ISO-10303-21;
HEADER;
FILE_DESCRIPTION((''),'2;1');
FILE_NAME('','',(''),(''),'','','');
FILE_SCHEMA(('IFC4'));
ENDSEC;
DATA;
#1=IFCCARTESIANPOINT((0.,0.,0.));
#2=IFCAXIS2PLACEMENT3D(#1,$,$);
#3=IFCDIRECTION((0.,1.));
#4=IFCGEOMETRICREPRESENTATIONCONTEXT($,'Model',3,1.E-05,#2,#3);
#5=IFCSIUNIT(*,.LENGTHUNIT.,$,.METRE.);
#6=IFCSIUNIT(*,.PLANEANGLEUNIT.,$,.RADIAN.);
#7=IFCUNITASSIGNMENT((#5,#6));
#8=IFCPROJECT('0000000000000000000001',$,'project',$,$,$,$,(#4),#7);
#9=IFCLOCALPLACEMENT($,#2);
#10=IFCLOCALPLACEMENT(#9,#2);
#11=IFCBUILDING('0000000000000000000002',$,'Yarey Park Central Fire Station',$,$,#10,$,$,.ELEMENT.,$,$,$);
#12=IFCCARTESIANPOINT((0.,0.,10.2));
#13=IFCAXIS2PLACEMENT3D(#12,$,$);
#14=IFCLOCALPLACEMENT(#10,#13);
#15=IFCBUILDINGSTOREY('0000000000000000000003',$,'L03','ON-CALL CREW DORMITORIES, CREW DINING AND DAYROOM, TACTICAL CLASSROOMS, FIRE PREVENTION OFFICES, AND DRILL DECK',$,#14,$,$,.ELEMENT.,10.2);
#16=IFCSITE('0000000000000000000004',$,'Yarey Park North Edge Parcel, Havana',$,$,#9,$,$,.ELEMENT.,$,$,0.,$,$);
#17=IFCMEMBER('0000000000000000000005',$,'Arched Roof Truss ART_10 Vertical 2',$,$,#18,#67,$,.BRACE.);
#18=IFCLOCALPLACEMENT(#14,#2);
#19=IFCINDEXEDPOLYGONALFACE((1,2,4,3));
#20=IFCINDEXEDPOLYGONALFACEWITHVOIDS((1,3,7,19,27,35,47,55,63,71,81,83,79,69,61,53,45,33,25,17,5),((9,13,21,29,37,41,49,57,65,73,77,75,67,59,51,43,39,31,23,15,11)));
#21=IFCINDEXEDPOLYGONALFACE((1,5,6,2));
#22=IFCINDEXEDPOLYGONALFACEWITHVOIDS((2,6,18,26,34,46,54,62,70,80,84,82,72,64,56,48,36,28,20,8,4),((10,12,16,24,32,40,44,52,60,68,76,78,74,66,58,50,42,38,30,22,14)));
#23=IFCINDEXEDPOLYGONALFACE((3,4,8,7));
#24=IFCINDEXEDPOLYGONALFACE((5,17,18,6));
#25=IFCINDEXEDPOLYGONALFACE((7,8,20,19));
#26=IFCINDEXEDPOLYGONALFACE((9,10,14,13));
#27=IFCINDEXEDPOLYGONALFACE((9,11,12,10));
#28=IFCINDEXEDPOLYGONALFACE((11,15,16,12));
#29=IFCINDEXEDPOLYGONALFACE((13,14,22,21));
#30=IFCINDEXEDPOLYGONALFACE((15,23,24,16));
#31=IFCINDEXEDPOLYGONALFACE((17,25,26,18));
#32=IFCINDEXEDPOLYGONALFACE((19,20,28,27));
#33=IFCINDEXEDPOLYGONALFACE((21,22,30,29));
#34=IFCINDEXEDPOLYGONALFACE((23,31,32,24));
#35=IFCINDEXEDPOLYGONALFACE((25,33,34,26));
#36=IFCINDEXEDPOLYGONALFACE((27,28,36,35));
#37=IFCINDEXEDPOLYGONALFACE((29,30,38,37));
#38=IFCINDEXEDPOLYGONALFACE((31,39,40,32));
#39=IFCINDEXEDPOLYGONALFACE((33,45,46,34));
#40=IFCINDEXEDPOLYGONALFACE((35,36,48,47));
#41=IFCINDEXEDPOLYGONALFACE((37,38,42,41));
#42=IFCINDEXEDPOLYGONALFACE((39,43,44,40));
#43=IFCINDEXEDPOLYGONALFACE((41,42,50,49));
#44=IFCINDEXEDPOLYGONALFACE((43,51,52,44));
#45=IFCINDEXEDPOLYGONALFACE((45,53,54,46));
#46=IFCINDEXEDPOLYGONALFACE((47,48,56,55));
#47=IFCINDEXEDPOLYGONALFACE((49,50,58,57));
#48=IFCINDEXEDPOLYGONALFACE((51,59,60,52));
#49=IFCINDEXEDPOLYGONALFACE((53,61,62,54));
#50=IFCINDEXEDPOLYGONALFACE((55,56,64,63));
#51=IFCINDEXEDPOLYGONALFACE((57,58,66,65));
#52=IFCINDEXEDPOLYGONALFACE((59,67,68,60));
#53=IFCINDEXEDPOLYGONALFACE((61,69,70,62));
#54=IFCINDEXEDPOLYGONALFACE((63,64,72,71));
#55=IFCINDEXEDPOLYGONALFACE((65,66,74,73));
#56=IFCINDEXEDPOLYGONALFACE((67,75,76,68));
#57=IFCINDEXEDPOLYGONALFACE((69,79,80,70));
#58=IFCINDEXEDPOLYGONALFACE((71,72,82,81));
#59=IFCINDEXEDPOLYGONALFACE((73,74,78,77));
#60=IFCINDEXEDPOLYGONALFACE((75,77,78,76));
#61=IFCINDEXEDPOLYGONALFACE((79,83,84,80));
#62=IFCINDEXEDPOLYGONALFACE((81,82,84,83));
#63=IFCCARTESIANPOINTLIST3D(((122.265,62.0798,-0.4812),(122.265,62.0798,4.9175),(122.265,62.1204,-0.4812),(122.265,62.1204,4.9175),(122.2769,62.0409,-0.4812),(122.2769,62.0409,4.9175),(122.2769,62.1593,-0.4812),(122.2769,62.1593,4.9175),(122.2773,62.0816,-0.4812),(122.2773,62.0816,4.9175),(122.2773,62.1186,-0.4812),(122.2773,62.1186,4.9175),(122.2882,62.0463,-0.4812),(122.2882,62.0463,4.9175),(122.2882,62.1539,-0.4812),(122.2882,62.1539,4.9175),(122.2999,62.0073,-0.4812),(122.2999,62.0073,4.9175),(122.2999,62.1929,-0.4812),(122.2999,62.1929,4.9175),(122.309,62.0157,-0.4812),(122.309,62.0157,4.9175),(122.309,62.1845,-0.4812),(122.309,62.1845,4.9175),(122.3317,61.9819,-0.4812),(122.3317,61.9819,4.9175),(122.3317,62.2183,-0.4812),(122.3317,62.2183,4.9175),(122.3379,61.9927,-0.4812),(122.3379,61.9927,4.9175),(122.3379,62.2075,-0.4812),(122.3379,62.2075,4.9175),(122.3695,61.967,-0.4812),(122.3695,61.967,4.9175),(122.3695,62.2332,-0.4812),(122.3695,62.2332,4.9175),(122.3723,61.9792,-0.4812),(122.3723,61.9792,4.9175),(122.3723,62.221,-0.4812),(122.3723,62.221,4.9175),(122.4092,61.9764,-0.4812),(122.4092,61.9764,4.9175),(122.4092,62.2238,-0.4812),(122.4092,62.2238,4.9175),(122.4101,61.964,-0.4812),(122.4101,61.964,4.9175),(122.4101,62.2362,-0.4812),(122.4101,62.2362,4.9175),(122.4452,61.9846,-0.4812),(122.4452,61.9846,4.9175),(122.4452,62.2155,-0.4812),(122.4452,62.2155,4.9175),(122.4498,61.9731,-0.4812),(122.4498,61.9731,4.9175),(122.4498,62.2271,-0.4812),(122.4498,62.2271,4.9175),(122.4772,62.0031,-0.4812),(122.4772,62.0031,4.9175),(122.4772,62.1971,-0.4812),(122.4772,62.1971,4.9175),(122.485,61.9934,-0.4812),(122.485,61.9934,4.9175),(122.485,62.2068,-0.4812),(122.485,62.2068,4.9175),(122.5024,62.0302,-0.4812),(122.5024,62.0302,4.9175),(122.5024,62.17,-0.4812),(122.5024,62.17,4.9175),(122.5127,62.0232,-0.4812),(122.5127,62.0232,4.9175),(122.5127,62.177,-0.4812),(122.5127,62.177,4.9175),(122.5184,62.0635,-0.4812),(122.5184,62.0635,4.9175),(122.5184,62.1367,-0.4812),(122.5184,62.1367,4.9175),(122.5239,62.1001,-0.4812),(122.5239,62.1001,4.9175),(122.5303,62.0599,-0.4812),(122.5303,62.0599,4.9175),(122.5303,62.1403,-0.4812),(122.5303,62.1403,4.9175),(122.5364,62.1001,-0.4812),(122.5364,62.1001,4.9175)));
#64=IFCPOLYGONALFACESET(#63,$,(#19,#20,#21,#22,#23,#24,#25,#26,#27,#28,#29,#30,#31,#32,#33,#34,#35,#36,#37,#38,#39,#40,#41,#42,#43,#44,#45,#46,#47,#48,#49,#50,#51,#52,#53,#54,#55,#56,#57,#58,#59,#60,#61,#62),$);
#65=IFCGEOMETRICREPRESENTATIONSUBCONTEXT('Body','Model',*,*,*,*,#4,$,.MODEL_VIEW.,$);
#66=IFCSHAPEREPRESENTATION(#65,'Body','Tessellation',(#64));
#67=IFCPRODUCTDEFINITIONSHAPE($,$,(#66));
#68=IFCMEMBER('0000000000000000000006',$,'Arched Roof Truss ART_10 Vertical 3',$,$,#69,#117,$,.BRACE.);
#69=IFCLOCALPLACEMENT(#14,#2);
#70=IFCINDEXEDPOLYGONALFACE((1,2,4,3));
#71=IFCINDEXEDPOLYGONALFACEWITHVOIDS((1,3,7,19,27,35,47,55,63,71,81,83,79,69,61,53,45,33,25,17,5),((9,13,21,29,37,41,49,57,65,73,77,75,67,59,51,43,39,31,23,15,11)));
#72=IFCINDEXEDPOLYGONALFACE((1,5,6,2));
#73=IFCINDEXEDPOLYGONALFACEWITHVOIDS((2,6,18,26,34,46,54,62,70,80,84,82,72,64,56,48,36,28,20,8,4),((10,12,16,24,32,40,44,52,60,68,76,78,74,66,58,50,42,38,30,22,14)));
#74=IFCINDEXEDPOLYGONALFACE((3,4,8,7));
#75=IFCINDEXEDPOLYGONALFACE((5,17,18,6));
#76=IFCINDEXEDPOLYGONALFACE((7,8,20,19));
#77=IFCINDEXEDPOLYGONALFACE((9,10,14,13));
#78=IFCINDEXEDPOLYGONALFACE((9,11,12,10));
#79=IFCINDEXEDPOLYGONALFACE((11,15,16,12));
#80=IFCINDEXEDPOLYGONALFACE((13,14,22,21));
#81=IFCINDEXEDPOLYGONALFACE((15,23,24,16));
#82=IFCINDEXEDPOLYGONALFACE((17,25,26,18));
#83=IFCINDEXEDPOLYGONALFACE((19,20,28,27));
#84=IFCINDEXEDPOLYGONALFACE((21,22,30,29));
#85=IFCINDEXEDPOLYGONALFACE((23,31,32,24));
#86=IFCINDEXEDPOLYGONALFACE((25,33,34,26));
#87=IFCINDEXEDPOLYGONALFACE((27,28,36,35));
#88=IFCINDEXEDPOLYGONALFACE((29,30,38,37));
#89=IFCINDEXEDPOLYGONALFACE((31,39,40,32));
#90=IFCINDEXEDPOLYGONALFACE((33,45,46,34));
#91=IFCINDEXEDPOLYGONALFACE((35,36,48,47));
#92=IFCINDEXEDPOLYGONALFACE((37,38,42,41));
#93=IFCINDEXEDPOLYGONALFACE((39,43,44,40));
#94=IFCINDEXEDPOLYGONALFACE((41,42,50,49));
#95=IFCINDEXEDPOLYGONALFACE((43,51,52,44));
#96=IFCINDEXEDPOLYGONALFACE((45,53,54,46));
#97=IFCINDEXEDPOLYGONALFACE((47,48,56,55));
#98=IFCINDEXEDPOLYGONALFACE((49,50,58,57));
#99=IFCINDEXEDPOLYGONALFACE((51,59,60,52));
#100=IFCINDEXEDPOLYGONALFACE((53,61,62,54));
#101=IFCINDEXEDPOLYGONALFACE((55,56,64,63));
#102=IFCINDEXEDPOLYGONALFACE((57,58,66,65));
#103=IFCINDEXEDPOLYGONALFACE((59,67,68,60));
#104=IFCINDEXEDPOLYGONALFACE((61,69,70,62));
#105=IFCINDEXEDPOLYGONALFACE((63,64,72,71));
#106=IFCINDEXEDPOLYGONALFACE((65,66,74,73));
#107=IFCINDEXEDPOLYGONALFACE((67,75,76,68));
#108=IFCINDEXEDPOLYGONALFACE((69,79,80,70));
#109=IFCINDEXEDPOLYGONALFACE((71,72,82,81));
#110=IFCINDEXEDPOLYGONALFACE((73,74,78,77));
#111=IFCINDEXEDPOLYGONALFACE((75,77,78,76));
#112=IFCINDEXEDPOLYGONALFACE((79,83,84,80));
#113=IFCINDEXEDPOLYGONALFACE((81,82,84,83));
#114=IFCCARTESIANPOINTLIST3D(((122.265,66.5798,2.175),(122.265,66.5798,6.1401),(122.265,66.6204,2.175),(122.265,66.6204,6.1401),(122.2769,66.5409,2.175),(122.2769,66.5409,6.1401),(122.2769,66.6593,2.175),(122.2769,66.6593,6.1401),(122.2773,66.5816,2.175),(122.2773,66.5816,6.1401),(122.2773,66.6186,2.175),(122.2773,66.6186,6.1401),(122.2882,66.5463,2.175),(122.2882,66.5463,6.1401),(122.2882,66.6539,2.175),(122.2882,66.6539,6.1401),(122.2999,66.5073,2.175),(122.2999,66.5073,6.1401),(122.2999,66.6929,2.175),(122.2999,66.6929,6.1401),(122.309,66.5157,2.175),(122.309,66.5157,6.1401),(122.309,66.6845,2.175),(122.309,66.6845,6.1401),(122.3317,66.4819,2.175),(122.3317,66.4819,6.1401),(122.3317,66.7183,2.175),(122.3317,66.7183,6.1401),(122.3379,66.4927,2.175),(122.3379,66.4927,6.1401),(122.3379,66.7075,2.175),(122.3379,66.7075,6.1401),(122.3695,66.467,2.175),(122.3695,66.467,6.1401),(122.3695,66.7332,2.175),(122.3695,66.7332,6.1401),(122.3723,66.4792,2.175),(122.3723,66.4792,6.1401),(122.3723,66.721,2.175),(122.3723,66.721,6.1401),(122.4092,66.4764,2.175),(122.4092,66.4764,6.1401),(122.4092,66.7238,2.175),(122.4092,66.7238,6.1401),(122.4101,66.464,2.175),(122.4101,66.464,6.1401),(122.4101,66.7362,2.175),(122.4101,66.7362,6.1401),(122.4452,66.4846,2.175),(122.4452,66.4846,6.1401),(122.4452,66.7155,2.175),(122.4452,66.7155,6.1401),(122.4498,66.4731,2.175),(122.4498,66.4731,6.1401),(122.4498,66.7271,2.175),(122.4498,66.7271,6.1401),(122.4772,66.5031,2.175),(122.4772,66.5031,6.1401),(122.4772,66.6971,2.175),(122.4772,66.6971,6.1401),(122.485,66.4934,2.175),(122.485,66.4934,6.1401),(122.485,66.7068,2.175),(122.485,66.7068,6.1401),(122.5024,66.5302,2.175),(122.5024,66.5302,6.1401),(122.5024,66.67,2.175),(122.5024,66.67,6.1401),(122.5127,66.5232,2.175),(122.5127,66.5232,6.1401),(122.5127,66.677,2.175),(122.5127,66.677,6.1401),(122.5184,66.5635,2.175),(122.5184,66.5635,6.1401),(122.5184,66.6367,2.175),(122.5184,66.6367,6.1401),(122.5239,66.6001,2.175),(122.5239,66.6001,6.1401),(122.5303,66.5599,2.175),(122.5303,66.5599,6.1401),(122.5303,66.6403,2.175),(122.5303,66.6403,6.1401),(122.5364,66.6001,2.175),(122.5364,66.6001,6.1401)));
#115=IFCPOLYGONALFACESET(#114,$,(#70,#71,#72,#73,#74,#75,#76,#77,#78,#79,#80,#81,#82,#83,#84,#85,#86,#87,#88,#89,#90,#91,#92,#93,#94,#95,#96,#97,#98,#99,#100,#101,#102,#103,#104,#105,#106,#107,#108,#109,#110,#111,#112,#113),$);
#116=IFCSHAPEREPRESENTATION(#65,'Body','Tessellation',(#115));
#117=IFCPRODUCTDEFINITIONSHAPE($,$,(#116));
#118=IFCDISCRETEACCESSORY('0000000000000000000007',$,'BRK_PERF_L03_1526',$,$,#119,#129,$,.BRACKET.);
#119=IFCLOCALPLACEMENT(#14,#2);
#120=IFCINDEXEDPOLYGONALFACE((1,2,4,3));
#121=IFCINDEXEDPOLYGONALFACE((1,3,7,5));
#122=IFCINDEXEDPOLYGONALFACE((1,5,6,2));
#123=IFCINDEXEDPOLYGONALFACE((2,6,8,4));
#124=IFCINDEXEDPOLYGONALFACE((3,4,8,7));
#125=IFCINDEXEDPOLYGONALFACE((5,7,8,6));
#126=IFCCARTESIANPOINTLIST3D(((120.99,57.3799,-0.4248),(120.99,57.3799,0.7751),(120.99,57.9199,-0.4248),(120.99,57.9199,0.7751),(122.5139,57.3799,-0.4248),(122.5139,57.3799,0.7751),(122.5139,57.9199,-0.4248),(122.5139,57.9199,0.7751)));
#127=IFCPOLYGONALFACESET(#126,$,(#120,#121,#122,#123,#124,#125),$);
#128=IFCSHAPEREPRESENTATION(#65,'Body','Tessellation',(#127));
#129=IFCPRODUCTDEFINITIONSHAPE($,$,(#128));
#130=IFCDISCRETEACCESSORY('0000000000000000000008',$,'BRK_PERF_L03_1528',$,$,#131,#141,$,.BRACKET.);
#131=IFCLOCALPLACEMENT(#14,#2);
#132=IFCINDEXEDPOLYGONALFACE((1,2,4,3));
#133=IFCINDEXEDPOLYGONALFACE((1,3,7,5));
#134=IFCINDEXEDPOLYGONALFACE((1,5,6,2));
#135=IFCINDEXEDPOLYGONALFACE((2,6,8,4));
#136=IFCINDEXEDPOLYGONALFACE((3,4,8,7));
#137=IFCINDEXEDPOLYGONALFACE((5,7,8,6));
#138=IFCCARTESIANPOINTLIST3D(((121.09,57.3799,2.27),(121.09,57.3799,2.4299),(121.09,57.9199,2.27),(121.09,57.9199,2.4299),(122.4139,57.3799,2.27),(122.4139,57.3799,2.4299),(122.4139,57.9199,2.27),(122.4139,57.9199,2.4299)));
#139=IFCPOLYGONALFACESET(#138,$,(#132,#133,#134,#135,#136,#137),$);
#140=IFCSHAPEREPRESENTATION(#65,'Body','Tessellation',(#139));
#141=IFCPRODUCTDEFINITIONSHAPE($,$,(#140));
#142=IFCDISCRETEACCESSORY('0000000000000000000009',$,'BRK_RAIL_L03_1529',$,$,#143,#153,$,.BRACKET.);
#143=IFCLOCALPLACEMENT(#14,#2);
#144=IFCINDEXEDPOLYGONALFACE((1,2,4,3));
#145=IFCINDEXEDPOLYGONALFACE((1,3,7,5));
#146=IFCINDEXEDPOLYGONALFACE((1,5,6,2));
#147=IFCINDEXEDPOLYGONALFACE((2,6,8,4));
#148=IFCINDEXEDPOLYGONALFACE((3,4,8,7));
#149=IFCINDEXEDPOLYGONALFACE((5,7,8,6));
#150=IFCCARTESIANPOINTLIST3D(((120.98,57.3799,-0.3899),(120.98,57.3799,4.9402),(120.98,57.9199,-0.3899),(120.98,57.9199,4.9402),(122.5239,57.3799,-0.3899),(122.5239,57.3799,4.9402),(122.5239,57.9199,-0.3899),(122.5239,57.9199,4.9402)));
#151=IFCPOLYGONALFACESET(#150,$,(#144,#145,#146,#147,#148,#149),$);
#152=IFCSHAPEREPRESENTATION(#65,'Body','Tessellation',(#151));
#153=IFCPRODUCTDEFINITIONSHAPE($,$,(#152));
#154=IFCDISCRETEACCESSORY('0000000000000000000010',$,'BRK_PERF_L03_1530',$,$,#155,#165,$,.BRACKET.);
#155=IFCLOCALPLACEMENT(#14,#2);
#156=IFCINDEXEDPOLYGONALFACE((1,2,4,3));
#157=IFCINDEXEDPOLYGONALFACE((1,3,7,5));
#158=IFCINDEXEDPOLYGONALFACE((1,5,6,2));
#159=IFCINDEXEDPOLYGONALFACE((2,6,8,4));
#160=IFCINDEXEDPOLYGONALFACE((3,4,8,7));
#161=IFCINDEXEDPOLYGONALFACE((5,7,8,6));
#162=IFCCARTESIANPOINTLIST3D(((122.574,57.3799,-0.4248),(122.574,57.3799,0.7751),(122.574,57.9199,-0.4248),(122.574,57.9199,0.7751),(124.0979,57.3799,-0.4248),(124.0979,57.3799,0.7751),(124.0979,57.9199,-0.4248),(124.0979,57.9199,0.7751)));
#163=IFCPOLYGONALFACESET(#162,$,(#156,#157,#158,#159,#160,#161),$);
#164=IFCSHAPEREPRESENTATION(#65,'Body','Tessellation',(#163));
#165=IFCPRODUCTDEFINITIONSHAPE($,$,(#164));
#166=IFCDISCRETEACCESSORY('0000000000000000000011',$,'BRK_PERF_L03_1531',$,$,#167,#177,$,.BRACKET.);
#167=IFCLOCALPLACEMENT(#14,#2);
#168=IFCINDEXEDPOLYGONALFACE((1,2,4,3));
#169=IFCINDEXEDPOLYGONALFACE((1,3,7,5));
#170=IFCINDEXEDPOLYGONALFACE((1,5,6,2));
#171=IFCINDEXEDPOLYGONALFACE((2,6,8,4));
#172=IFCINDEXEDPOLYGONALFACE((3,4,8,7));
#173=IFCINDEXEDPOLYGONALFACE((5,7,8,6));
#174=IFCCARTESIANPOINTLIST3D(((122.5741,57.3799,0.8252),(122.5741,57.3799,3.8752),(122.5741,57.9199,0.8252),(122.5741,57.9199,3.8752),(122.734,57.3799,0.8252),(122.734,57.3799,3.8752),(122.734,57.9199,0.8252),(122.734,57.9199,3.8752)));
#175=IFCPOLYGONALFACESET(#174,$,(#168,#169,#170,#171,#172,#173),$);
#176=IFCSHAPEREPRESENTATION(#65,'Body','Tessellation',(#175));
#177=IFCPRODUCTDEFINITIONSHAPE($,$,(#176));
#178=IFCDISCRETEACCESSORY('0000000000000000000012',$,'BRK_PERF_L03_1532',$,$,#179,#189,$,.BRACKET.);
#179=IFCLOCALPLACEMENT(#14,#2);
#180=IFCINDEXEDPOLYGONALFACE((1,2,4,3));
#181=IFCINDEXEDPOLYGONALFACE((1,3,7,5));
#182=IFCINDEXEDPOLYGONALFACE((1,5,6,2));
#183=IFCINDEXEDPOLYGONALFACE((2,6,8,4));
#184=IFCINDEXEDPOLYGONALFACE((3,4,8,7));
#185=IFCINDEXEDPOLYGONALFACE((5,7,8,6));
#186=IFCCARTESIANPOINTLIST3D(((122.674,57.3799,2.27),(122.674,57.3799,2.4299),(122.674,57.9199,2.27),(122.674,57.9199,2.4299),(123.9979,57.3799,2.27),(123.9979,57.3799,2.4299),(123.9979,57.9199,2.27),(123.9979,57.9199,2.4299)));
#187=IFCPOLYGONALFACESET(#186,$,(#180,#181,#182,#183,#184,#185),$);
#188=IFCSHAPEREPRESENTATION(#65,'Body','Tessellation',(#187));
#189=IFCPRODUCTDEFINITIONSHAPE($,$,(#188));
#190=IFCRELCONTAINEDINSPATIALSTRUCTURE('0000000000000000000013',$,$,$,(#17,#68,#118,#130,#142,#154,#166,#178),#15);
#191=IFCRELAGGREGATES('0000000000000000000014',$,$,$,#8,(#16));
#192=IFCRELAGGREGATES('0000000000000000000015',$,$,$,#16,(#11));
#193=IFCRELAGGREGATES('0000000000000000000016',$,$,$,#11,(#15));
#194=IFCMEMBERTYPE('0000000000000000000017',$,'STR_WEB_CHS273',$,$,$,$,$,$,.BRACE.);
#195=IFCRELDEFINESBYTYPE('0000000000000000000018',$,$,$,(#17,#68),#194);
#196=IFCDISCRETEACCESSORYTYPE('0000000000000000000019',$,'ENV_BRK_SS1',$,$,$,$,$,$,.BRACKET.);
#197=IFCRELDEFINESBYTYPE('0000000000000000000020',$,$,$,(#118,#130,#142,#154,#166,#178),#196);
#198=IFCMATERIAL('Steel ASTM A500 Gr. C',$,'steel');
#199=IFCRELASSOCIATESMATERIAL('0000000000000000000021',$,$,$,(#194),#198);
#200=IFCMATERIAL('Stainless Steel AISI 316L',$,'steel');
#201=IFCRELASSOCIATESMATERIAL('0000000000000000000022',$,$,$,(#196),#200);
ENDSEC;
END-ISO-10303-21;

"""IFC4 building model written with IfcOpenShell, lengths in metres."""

from ifc_helpers import new_model, si_unit, direction, frame, origin, origin_2d, place, context, subcontext, project, spatial, rectangle, hollow_circle, extrude, material, material_profile, profile_set, type_object, element, save


model = new_model("IFC4")

# Units and contexts
model_context = context("Model", 3, precision=1e-05, world=origin(), true_north=direction((0.0, 1.0)))
body_context = subcontext(model_context, "Body", "Model", "MODEL_VIEW")
ifc_project = project(units=[si_unit("LENGTHUNIT", "METRE"), si_unit("PLANEANGLEUNIT", "RADIAN")], contexts=[model_context])

# Site, building, storey
site_placement = place(None, origin())
site = spatial("IfcSite", under=ifc_project, at=site_placement, Name="Yarey Park North Edge Parcel, Havana", CompositionType="ELEMENT", RefElevation=0.0)
building_placement = place(site_placement, origin())
building = spatial("IfcBuilding", under=site, at=building_placement, Name="Yarey Park Central Fire Station", CompositionType="ELEMENT")
storey_placement = place(building_placement, frame((0.0, 0.0, 10.2)))
storey = spatial("IfcBuildingStorey", under=building, at=storey_placement, Name="L03", Description="ON-CALL CREW DORMITORIES, CREW DINING AND DAYROOM, TACTICAL CLASSROOMS, FIRE PREVENTION OFFICES, AND DRILL DECK", CompositionType="ELEMENT", Elevation=10.2)

# Shared definitions
ifc_material_1 = material(Name="Steel ASTM A500 Gr. C", Category="steel")

# Members
ifc_material_profile_1 = material_profile(ifc_material_1, hollow_circle(Radius=0.1365, WallThickness=0.0125, at=origin_2d()), Name="CHS 273x12.5")
ifc_profile_set_1 = profile_set([ifc_material_profile_1], Name="Steel ASTM A500 Gr. C")
member_type_1 = type_object("IfcMemberType", Name="STR_WEB_CHS273", PredefinedType="BRACE", material=ifc_profile_set_1)
member_1_placement = place(storey_placement, frame((122.3999, 62.1001, -0.4812), z_axis=(0.0, 0.0, 1.0), x_axis=(1.0, 0.0, 0.0)))
element("IfcMember", 1, at=member_1_placement, inside=storey, type_object=member_type_1, Name="Arched Roof Truss ART_10 Vertical 2", PredefinedType="BRACE", context=body_context, shape_type="SweptSolid", body=[
    extrude(hollow_circle(Radius=0.1365, WallThickness=0.0125, at=origin_2d()), origin(), (0.0, 0.0, 1.0), 5.3987),
])
member_2_placement = place(storey_placement, frame((122.3999, 66.6001, 2.175), z_axis=(0.0, 0.0, 1.0), x_axis=(1.0, 0.0, 0.0)))
element("IfcMember", 2, at=member_2_placement, inside=storey, type_object=member_type_1, Name="Arched Roof Truss ART_10 Vertical 3", PredefinedType="BRACE", context=body_context, shape_type="SweptSolid", body=[
    extrude(hollow_circle(Radius=0.1365, WallThickness=0.0125, at=origin_2d()), origin(), (0.0, 0.0, 1.0), 3.9651),
])

# Discrete accessories
ifc_material_2 = material(Name="Stainless Steel AISI 316L", Category="steel")
discrete_accessory_type = type_object("IfcDiscreteAccessoryType", Name="ENV_BRK_SS1", PredefinedType="BRACKET", material=ifc_material_2)
discrete_accessory_1_placement = place(storey_placement, frame((121.752, 57.6499, -0.4248), z_axis=(0.0, 0.0, 1.0), x_axis=(1.0, 0.0, 0.0)))
element("IfcDiscreteAccessory", 3, at=discrete_accessory_1_placement, inside=storey, type_object=discrete_accessory_type, Name="BRK_PERF_L03_1526", PredefinedType="BRACKET", context=body_context, shape_type="SweptSolid", body=[
    extrude(rectangle(XDim=1.5239, YDim=0.54, at=origin_2d()), origin(), (0.0, 0.0, 1.0), 1.2),
])
discrete_accessory_2_placement = place(storey_placement, frame((121.752, 57.6499, 2.27), z_axis=(0.0, 0.0, 1.0), x_axis=(1.0, 0.0, 0.0)))
element("IfcDiscreteAccessory", 4, at=discrete_accessory_2_placement, inside=storey, type_object=discrete_accessory_type, Name="BRK_PERF_L03_1528", PredefinedType="BRACKET", context=body_context, shape_type="SweptSolid", body=[
    extrude(rectangle(XDim=1.324, YDim=0.54, at=origin_2d()), origin(), (0.0, 0.0, 1.0), 0.1599),
])
discrete_accessory_3_placement = place(storey_placement, frame((121.752, 57.6499, -0.3899), z_axis=(0.0, 0.0, 1.0), x_axis=(1.0, 0.0, 0.0)))
element("IfcDiscreteAccessory", 5, at=discrete_accessory_3_placement, inside=storey, type_object=discrete_accessory_type, Name="BRK_RAIL_L03_1529", PredefinedType="BRACKET", context=body_context, shape_type="SweptSolid", body=[
    extrude(rectangle(XDim=1.5439, YDim=0.54, at=origin_2d()), origin(), (0.0, 0.0, 1.0), 5.3301),
])
discrete_accessory_4_placement = place(storey_placement, frame((123.3359, 57.6499, -0.4248), z_axis=(0.0, 0.0, 1.0), x_axis=(1.0, 0.0, 0.0)))
element("IfcDiscreteAccessory", 6, at=discrete_accessory_4_placement, inside=storey, type_object=discrete_accessory_type, Name="BRK_PERF_L03_1530", PredefinedType="BRACKET", context=body_context, shape_type="SweptSolid", body=[
    extrude(rectangle(XDim=1.5239, YDim=0.54, at=origin_2d()), origin(), (0.0, 0.0, 1.0), 1.2),
])
discrete_accessory_5_placement = place(storey_placement, frame((122.6541, 57.6499, 0.8252), z_axis=(0.0, 0.0, 1.0), x_axis=(1.0, 0.0, 0.0)))
element("IfcDiscreteAccessory", 7, at=discrete_accessory_5_placement, inside=storey, type_object=discrete_accessory_type, Name="BRK_PERF_L03_1531", PredefinedType="BRACKET", context=body_context, shape_type="SweptSolid", body=[
    extrude(rectangle(XDim=0.1599, YDim=0.54, at=origin_2d()), origin(), (0.0, 0.0, 1.0), 3.05),
])
discrete_accessory_6_placement = place(storey_placement, frame((123.3359, 57.6499, 2.27), z_axis=(0.0, 0.0, 1.0), x_axis=(1.0, 0.0, 0.0)))
element("IfcDiscreteAccessory", 8, at=discrete_accessory_6_placement, inside=storey, type_object=discrete_accessory_type, Name="BRK_PERF_L03_1532", PredefinedType="BRACKET", context=body_context, shape_type="SweptSolid", body=[
    extrude(rectangle(XDim=1.324, YDim=0.54, at=origin_2d()), origin(), (0.0, 0.0, 1.0), 0.1599),
])

save(model, "model.ifc")
